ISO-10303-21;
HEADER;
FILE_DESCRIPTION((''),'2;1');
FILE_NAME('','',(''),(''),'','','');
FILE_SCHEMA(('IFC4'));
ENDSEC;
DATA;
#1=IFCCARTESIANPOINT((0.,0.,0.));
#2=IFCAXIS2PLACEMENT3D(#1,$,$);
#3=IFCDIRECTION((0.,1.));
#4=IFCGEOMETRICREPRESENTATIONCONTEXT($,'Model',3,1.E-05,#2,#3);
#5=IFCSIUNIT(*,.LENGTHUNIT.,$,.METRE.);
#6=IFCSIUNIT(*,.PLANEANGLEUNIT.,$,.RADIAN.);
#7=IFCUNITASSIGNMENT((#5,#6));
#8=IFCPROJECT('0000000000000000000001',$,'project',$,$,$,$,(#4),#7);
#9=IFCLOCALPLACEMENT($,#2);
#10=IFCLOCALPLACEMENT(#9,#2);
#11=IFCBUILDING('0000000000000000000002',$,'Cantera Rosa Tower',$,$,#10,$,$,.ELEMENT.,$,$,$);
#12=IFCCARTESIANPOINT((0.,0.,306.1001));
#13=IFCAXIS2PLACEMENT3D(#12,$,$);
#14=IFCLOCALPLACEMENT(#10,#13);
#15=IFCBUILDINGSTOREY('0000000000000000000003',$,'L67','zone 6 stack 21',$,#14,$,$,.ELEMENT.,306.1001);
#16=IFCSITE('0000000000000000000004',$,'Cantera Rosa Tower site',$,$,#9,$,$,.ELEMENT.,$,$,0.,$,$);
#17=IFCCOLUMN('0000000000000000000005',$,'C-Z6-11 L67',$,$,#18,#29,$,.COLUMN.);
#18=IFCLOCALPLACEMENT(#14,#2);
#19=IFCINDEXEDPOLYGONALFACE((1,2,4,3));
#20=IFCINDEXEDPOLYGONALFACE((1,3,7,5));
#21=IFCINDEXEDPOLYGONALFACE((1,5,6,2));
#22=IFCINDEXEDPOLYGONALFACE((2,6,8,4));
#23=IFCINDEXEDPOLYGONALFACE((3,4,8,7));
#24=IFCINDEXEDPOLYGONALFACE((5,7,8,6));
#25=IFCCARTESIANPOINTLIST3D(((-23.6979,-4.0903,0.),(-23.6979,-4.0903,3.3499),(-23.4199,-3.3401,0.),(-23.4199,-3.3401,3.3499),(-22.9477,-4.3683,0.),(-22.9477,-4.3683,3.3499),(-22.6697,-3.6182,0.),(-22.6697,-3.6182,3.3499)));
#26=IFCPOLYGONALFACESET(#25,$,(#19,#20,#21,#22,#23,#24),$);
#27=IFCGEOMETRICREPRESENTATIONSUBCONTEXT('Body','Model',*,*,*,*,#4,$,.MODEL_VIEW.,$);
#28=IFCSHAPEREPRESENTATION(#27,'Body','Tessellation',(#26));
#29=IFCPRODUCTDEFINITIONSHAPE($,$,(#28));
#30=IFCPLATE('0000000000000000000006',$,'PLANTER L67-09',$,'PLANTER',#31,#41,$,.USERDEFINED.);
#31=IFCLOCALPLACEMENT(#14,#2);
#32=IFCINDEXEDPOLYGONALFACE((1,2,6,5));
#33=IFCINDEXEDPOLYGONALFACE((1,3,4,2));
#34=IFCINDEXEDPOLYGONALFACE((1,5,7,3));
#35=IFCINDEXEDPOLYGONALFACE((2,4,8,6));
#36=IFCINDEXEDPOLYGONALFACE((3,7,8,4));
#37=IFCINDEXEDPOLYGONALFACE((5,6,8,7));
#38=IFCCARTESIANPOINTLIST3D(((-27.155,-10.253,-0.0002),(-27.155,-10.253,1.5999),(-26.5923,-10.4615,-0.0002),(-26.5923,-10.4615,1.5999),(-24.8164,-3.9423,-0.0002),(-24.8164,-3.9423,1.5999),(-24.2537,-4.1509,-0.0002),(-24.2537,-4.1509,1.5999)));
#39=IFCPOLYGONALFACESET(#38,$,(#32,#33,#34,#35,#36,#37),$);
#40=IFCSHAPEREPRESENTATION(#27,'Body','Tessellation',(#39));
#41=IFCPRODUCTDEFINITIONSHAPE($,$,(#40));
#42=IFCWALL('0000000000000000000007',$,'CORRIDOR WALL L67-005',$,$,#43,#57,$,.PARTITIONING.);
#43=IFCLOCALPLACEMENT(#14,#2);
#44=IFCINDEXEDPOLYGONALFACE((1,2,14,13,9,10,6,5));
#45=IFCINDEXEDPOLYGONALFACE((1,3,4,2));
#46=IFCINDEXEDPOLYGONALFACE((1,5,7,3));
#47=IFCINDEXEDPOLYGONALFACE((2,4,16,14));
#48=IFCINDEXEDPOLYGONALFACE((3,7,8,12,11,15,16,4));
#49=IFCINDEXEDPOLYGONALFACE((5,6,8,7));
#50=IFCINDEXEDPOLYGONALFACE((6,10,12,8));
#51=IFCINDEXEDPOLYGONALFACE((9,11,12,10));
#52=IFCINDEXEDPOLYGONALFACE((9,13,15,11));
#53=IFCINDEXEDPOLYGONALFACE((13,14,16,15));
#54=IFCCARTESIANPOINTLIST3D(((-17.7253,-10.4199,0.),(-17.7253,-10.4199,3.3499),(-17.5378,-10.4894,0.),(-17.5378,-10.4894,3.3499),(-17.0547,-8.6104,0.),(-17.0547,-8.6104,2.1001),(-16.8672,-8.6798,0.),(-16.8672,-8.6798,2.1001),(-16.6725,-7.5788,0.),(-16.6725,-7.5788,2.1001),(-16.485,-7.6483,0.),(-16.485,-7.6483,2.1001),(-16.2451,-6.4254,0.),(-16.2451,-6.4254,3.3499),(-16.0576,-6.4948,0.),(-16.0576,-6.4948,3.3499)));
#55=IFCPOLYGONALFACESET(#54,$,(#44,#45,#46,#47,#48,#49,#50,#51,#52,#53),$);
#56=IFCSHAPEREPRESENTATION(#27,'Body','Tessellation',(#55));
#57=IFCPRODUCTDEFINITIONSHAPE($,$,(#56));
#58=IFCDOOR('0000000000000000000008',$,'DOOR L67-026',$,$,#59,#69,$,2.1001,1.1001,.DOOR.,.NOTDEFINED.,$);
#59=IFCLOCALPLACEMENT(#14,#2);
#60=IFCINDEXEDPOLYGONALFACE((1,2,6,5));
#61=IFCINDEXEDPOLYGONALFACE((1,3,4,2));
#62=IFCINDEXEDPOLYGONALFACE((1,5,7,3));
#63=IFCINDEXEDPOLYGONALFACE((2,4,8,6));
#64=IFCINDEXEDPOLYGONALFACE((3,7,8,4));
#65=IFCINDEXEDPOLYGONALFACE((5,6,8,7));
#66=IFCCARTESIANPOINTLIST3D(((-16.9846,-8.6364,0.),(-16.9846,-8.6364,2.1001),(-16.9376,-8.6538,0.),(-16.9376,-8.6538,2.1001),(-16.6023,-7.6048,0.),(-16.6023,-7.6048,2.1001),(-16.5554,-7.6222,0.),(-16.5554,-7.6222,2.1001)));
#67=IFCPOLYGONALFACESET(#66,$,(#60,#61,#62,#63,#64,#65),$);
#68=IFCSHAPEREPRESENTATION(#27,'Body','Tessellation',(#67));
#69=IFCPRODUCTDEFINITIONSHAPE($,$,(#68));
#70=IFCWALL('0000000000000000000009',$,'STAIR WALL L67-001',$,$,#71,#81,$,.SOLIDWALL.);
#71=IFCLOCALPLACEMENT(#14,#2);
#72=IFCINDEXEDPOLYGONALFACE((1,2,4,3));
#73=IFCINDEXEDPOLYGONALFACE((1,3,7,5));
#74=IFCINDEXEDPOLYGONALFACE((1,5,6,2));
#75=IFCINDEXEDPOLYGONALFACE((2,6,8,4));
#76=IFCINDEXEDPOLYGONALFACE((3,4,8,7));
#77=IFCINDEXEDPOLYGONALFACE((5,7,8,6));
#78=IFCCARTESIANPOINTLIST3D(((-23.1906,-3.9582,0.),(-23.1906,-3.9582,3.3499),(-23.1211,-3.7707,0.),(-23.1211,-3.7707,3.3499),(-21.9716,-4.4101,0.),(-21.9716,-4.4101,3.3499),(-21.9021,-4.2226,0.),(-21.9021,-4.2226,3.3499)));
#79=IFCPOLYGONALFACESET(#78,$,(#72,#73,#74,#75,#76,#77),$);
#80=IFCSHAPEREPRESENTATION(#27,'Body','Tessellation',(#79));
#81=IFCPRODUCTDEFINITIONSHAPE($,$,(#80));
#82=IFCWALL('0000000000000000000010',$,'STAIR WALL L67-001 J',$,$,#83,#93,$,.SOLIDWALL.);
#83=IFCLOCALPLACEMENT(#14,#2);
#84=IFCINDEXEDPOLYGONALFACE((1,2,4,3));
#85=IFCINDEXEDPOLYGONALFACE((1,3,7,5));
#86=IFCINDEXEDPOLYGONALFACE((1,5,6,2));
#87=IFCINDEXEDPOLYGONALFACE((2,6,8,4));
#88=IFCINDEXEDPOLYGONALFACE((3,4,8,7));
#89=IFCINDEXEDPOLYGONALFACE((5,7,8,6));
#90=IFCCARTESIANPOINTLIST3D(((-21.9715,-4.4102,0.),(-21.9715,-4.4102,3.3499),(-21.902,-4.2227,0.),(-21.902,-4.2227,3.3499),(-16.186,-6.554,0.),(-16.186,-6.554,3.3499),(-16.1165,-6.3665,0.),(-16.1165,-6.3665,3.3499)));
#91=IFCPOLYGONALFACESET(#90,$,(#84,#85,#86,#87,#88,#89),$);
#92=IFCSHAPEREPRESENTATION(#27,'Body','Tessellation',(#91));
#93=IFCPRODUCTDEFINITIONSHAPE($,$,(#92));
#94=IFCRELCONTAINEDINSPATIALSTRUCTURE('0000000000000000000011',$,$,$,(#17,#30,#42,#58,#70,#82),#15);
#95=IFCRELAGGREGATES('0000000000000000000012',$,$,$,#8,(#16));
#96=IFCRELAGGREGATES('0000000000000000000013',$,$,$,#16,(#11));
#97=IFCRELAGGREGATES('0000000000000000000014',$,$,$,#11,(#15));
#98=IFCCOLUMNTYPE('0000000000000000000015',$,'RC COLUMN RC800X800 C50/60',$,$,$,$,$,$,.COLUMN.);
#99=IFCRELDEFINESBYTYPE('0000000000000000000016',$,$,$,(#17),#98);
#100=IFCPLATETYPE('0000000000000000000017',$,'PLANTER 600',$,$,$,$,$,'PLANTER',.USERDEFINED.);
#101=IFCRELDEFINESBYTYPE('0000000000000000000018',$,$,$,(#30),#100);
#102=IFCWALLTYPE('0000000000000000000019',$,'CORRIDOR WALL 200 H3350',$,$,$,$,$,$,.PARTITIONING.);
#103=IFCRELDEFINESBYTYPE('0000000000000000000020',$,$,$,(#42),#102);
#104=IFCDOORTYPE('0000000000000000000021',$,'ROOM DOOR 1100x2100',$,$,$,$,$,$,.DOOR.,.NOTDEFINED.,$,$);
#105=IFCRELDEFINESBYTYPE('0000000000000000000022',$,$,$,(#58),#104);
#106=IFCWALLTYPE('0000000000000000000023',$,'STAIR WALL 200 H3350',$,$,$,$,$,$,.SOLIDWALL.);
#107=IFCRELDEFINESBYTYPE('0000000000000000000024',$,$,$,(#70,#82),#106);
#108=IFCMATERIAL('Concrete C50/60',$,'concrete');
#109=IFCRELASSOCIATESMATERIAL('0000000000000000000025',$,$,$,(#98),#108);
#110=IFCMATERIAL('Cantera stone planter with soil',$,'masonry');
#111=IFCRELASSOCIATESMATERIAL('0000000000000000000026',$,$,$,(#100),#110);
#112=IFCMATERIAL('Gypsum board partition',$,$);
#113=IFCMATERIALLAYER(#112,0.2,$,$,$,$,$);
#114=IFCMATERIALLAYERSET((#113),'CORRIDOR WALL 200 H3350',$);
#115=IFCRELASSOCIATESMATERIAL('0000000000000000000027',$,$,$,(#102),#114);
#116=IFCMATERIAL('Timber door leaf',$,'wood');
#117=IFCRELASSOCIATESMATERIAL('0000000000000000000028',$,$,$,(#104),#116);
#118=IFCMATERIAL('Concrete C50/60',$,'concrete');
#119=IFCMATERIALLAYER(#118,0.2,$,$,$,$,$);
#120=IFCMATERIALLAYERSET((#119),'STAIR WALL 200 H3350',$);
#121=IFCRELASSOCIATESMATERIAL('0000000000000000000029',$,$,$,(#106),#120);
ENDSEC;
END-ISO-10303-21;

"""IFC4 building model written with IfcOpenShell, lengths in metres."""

from ifc_helpers import new_model, si_unit, direction, frame, frame_2d, origin, origin_2d, place, context, subcontext, project, spatial, rectangle, extrude, material, layer, layer_set, material_profile, profile_set, type_object, element, fill, save


model = new_model("IFC4")

# Units and contexts
model_context = context("Model", 3, precision=1e-05, world=origin(), true_north=direction((0.0, 1.0)))
body_context = subcontext(model_context, "Body", "Model", "MODEL_VIEW")
ifc_project = project(units=[si_unit("LENGTHUNIT", "METRE"), si_unit("PLANEANGLEUNIT", "RADIAN")], contexts=[model_context])

# Site, building, storey
site_placement = place(None, origin())
site = spatial("IfcSite", under=ifc_project, at=site_placement, Name="Cantera Rosa Tower site", CompositionType="ELEMENT", RefElevation=0.0)
building_placement = place(site_placement, origin())
building = spatial("IfcBuilding", under=site, at=building_placement, Name="Cantera Rosa Tower", CompositionType="ELEMENT")
storey_placement = place(building_placement, frame((0.0, 0.0, 306.1001)))
storey = spatial("IfcBuildingStorey", under=building, at=storey_placement, Name="L67", Description="zone 6 stack 21", CompositionType="ELEMENT", Elevation=306.1001)

# Column
ifc_material_1 = material(Name="Concrete C50/60", Category="concrete")
ifc_material_profile = material_profile(ifc_material_1, rectangle(XDim=0.8, YDim=0.8, at=origin_2d()), Name="RC COLUMN RC800X800 C50/60")
ifc_profile_set = profile_set([ifc_material_profile], Name="Concrete C50/60")
column_type = type_object("IfcColumnType", Name="RC COLUMN RC800X800 C50/60", PredefinedType="COLUMN", material=ifc_profile_set)
column_placement = place(storey_placement, frame((-23.1838, -3.8542, 0.0), z_axis=(0.0, 0.0, 1.0), x_axis=(0.347481, 0.937687, 0.0)))
element("IfcColumn", 1, at=column_placement, inside=storey, type_object=column_type, Name="C-Z6-11 L67", PredefinedType="COLUMN", context=body_context, shape_type="SweptSolid", body=[
    extrude(rectangle(XDim=0.8, YDim=0.8, at=origin_2d()), origin(), (0.0, 0.0, 1.0), 3.3499),
])

# Plate
ifc_material_2 = material(Name="Cantera stone planter with soil", Category="masonry")
plate_type = type_object("IfcPlateType", Name="PLANTER 600", ElementType="PLANTER", PredefinedType="USERDEFINED", material=ifc_material_2)
plate_placement = place(storey_placement, frame((-25.7043, -7.2019, -0.0002), z_axis=(0.0, 0.0, 1.0), x_axis=(-0.347481, -0.937687, 0.0)))
element("IfcPlate", 2, at=plate_placement, inside=storey, type_object=plate_type, Name="PLANTER L67-09", ObjectType="PLANTER", PredefinedType="USERDEFINED", context=body_context, shape_type="SweptSolid", body=[
    extrude(rectangle(XDim=6.73, YDim=0.6001, at=origin_2d()), origin(), (0.0, 0.0, 1.0), 1.6001),
])

# Wall, opening, door
ifc_material_3 = material(Name="Gypsum board partition")
ifc_layer_1 = layer(ifc_material_3, 0.2)
ifc_layer_set_1 = layer_set([ifc_layer_1], Name="CORRIDOR WALL 200 H3350")
wall_type_1 = type_object("IfcWallType", Name="CORRIDOR WALL 200 H3350", PredefinedType="PARTITIONING", material=ifc_layer_set_1)
wall_1_placement = place(storey_placement, frame((-16.1514, -6.4602, 0.0), z_axis=(0.0, 0.0, 1.0), x_axis=(-0.347466, -0.937693, 0.0)))
wall_1 = element("IfcWall", 3, at=wall_1_placement, inside=storey, type_object=wall_type_1, Name="CORRIDOR WALL L67-005", PredefinedType="PARTITIONING", context=body_context, shape_type="SweptSolid", body=[
    extrude(rectangle(XDim=4.26, YDim=0.2, at=frame_2d((2.1299, 0.0))), origin(), (0.0, 0.0, 1.0), 3.3499),
])
opening_1_placement = place(wall_1_placement, frame((1.23, 0.0, 0.0)))
opening_1 = element("IfcOpeningElement", 4, at=opening_1_placement, cuts=wall_1, PredefinedType="OPENING", context=body_context, shape_type="SweptSolid", body=[
    extrude(rectangle(XDim=1.1001, YDim=2.1001, at=frame_2d((0.55, 1.05))), frame((0.0, 0.1099, 0.0), z_axis=(0.0, -1.0, 0.0), x_axis=(1.0, 0.0, 0.0)), (0.0, 0.0, 1.0), 0.22),
])
ifc_material_4 = material(Name="Timber door leaf", Category="wood")
door_type_1 = type_object("IfcDoorType", Name="ROOM DOOR 1100x2100", OperationType="NOTDEFINED", PredefinedType="DOOR", material=ifc_material_4)
door_1_placement = place(opening_1_placement, origin())
door_1 = element("IfcDoor", 5, at=door_1_placement, inside=storey, type_object=door_type_1, Name="DOOR L67-026", OperationType="NOTDEFINED", OverallHeight=2.1001, OverallWidth=1.1001, PredefinedType="DOOR", context=body_context, shape_type="SweptSolid", body=[
    extrude(rectangle(XDim=1.1001, YDim=2.1001, at=frame_2d((0.55, 1.05))), frame((0.0, 0.0249, 0.0), z_axis=(0.0, -1.0, 0.0), x_axis=(1.0, 0.0, 0.0)), (0.0, 0.0, 1.0), 0.05),
])
fill(opening_1, door_1)

# Walls
ifc_material_5 = material(Name="Concrete C50/60", Category="concrete")
ifc_layer_2 = layer(ifc_material_5, 0.2)
ifc_layer_set_2 = layer_set([ifc_layer_2], Name="STAIR WALL 200 H3350")
wall_type_2 = type_object("IfcWallType", Name="STAIR WALL 200 H3350", PredefinedType="SOLIDWALL", material=ifc_layer_set_2)
wall_2_placement = place(storey_placement, frame((-23.1558, -3.8645, 0.0), z_axis=(0.0, 0.0, 1.0), x_axis=(0.937642, -0.347602, 0.0)))
element("IfcWall", 6, at=wall_2_placement, inside=storey, type_object=wall_type_2, Name="STAIR WALL L67-001", PredefinedType="SOLIDWALL", context=body_context, shape_type="SweptSolid", body=[
    extrude(rectangle(XDim=1.3, YDim=0.2, at=frame_2d((0.6499, 0.0))), origin(), (0.0, 0.0, 1.0), 3.3499),
])
wall_3_placement = place(storey_placement, frame((-21.9368, -4.3164, 0.0), z_axis=(0.0, 0.0, 1.0), x_axis=(0.937693, -0.347465, 0.0)))
element("IfcWall", 7, at=wall_3_placement, inside=storey, type_object=wall_type_2, Name="STAIR WALL L67-001 J", PredefinedType="SOLIDWALL", context=body_context, shape_type="SweptSolid", body=[
    extrude(rectangle(XDim=6.1699, YDim=0.2, at=frame_2d((3.085, 0.0))), origin(), (0.0, 0.0, 1.0), 3.3499),
])

save(model, "model.ifc")
